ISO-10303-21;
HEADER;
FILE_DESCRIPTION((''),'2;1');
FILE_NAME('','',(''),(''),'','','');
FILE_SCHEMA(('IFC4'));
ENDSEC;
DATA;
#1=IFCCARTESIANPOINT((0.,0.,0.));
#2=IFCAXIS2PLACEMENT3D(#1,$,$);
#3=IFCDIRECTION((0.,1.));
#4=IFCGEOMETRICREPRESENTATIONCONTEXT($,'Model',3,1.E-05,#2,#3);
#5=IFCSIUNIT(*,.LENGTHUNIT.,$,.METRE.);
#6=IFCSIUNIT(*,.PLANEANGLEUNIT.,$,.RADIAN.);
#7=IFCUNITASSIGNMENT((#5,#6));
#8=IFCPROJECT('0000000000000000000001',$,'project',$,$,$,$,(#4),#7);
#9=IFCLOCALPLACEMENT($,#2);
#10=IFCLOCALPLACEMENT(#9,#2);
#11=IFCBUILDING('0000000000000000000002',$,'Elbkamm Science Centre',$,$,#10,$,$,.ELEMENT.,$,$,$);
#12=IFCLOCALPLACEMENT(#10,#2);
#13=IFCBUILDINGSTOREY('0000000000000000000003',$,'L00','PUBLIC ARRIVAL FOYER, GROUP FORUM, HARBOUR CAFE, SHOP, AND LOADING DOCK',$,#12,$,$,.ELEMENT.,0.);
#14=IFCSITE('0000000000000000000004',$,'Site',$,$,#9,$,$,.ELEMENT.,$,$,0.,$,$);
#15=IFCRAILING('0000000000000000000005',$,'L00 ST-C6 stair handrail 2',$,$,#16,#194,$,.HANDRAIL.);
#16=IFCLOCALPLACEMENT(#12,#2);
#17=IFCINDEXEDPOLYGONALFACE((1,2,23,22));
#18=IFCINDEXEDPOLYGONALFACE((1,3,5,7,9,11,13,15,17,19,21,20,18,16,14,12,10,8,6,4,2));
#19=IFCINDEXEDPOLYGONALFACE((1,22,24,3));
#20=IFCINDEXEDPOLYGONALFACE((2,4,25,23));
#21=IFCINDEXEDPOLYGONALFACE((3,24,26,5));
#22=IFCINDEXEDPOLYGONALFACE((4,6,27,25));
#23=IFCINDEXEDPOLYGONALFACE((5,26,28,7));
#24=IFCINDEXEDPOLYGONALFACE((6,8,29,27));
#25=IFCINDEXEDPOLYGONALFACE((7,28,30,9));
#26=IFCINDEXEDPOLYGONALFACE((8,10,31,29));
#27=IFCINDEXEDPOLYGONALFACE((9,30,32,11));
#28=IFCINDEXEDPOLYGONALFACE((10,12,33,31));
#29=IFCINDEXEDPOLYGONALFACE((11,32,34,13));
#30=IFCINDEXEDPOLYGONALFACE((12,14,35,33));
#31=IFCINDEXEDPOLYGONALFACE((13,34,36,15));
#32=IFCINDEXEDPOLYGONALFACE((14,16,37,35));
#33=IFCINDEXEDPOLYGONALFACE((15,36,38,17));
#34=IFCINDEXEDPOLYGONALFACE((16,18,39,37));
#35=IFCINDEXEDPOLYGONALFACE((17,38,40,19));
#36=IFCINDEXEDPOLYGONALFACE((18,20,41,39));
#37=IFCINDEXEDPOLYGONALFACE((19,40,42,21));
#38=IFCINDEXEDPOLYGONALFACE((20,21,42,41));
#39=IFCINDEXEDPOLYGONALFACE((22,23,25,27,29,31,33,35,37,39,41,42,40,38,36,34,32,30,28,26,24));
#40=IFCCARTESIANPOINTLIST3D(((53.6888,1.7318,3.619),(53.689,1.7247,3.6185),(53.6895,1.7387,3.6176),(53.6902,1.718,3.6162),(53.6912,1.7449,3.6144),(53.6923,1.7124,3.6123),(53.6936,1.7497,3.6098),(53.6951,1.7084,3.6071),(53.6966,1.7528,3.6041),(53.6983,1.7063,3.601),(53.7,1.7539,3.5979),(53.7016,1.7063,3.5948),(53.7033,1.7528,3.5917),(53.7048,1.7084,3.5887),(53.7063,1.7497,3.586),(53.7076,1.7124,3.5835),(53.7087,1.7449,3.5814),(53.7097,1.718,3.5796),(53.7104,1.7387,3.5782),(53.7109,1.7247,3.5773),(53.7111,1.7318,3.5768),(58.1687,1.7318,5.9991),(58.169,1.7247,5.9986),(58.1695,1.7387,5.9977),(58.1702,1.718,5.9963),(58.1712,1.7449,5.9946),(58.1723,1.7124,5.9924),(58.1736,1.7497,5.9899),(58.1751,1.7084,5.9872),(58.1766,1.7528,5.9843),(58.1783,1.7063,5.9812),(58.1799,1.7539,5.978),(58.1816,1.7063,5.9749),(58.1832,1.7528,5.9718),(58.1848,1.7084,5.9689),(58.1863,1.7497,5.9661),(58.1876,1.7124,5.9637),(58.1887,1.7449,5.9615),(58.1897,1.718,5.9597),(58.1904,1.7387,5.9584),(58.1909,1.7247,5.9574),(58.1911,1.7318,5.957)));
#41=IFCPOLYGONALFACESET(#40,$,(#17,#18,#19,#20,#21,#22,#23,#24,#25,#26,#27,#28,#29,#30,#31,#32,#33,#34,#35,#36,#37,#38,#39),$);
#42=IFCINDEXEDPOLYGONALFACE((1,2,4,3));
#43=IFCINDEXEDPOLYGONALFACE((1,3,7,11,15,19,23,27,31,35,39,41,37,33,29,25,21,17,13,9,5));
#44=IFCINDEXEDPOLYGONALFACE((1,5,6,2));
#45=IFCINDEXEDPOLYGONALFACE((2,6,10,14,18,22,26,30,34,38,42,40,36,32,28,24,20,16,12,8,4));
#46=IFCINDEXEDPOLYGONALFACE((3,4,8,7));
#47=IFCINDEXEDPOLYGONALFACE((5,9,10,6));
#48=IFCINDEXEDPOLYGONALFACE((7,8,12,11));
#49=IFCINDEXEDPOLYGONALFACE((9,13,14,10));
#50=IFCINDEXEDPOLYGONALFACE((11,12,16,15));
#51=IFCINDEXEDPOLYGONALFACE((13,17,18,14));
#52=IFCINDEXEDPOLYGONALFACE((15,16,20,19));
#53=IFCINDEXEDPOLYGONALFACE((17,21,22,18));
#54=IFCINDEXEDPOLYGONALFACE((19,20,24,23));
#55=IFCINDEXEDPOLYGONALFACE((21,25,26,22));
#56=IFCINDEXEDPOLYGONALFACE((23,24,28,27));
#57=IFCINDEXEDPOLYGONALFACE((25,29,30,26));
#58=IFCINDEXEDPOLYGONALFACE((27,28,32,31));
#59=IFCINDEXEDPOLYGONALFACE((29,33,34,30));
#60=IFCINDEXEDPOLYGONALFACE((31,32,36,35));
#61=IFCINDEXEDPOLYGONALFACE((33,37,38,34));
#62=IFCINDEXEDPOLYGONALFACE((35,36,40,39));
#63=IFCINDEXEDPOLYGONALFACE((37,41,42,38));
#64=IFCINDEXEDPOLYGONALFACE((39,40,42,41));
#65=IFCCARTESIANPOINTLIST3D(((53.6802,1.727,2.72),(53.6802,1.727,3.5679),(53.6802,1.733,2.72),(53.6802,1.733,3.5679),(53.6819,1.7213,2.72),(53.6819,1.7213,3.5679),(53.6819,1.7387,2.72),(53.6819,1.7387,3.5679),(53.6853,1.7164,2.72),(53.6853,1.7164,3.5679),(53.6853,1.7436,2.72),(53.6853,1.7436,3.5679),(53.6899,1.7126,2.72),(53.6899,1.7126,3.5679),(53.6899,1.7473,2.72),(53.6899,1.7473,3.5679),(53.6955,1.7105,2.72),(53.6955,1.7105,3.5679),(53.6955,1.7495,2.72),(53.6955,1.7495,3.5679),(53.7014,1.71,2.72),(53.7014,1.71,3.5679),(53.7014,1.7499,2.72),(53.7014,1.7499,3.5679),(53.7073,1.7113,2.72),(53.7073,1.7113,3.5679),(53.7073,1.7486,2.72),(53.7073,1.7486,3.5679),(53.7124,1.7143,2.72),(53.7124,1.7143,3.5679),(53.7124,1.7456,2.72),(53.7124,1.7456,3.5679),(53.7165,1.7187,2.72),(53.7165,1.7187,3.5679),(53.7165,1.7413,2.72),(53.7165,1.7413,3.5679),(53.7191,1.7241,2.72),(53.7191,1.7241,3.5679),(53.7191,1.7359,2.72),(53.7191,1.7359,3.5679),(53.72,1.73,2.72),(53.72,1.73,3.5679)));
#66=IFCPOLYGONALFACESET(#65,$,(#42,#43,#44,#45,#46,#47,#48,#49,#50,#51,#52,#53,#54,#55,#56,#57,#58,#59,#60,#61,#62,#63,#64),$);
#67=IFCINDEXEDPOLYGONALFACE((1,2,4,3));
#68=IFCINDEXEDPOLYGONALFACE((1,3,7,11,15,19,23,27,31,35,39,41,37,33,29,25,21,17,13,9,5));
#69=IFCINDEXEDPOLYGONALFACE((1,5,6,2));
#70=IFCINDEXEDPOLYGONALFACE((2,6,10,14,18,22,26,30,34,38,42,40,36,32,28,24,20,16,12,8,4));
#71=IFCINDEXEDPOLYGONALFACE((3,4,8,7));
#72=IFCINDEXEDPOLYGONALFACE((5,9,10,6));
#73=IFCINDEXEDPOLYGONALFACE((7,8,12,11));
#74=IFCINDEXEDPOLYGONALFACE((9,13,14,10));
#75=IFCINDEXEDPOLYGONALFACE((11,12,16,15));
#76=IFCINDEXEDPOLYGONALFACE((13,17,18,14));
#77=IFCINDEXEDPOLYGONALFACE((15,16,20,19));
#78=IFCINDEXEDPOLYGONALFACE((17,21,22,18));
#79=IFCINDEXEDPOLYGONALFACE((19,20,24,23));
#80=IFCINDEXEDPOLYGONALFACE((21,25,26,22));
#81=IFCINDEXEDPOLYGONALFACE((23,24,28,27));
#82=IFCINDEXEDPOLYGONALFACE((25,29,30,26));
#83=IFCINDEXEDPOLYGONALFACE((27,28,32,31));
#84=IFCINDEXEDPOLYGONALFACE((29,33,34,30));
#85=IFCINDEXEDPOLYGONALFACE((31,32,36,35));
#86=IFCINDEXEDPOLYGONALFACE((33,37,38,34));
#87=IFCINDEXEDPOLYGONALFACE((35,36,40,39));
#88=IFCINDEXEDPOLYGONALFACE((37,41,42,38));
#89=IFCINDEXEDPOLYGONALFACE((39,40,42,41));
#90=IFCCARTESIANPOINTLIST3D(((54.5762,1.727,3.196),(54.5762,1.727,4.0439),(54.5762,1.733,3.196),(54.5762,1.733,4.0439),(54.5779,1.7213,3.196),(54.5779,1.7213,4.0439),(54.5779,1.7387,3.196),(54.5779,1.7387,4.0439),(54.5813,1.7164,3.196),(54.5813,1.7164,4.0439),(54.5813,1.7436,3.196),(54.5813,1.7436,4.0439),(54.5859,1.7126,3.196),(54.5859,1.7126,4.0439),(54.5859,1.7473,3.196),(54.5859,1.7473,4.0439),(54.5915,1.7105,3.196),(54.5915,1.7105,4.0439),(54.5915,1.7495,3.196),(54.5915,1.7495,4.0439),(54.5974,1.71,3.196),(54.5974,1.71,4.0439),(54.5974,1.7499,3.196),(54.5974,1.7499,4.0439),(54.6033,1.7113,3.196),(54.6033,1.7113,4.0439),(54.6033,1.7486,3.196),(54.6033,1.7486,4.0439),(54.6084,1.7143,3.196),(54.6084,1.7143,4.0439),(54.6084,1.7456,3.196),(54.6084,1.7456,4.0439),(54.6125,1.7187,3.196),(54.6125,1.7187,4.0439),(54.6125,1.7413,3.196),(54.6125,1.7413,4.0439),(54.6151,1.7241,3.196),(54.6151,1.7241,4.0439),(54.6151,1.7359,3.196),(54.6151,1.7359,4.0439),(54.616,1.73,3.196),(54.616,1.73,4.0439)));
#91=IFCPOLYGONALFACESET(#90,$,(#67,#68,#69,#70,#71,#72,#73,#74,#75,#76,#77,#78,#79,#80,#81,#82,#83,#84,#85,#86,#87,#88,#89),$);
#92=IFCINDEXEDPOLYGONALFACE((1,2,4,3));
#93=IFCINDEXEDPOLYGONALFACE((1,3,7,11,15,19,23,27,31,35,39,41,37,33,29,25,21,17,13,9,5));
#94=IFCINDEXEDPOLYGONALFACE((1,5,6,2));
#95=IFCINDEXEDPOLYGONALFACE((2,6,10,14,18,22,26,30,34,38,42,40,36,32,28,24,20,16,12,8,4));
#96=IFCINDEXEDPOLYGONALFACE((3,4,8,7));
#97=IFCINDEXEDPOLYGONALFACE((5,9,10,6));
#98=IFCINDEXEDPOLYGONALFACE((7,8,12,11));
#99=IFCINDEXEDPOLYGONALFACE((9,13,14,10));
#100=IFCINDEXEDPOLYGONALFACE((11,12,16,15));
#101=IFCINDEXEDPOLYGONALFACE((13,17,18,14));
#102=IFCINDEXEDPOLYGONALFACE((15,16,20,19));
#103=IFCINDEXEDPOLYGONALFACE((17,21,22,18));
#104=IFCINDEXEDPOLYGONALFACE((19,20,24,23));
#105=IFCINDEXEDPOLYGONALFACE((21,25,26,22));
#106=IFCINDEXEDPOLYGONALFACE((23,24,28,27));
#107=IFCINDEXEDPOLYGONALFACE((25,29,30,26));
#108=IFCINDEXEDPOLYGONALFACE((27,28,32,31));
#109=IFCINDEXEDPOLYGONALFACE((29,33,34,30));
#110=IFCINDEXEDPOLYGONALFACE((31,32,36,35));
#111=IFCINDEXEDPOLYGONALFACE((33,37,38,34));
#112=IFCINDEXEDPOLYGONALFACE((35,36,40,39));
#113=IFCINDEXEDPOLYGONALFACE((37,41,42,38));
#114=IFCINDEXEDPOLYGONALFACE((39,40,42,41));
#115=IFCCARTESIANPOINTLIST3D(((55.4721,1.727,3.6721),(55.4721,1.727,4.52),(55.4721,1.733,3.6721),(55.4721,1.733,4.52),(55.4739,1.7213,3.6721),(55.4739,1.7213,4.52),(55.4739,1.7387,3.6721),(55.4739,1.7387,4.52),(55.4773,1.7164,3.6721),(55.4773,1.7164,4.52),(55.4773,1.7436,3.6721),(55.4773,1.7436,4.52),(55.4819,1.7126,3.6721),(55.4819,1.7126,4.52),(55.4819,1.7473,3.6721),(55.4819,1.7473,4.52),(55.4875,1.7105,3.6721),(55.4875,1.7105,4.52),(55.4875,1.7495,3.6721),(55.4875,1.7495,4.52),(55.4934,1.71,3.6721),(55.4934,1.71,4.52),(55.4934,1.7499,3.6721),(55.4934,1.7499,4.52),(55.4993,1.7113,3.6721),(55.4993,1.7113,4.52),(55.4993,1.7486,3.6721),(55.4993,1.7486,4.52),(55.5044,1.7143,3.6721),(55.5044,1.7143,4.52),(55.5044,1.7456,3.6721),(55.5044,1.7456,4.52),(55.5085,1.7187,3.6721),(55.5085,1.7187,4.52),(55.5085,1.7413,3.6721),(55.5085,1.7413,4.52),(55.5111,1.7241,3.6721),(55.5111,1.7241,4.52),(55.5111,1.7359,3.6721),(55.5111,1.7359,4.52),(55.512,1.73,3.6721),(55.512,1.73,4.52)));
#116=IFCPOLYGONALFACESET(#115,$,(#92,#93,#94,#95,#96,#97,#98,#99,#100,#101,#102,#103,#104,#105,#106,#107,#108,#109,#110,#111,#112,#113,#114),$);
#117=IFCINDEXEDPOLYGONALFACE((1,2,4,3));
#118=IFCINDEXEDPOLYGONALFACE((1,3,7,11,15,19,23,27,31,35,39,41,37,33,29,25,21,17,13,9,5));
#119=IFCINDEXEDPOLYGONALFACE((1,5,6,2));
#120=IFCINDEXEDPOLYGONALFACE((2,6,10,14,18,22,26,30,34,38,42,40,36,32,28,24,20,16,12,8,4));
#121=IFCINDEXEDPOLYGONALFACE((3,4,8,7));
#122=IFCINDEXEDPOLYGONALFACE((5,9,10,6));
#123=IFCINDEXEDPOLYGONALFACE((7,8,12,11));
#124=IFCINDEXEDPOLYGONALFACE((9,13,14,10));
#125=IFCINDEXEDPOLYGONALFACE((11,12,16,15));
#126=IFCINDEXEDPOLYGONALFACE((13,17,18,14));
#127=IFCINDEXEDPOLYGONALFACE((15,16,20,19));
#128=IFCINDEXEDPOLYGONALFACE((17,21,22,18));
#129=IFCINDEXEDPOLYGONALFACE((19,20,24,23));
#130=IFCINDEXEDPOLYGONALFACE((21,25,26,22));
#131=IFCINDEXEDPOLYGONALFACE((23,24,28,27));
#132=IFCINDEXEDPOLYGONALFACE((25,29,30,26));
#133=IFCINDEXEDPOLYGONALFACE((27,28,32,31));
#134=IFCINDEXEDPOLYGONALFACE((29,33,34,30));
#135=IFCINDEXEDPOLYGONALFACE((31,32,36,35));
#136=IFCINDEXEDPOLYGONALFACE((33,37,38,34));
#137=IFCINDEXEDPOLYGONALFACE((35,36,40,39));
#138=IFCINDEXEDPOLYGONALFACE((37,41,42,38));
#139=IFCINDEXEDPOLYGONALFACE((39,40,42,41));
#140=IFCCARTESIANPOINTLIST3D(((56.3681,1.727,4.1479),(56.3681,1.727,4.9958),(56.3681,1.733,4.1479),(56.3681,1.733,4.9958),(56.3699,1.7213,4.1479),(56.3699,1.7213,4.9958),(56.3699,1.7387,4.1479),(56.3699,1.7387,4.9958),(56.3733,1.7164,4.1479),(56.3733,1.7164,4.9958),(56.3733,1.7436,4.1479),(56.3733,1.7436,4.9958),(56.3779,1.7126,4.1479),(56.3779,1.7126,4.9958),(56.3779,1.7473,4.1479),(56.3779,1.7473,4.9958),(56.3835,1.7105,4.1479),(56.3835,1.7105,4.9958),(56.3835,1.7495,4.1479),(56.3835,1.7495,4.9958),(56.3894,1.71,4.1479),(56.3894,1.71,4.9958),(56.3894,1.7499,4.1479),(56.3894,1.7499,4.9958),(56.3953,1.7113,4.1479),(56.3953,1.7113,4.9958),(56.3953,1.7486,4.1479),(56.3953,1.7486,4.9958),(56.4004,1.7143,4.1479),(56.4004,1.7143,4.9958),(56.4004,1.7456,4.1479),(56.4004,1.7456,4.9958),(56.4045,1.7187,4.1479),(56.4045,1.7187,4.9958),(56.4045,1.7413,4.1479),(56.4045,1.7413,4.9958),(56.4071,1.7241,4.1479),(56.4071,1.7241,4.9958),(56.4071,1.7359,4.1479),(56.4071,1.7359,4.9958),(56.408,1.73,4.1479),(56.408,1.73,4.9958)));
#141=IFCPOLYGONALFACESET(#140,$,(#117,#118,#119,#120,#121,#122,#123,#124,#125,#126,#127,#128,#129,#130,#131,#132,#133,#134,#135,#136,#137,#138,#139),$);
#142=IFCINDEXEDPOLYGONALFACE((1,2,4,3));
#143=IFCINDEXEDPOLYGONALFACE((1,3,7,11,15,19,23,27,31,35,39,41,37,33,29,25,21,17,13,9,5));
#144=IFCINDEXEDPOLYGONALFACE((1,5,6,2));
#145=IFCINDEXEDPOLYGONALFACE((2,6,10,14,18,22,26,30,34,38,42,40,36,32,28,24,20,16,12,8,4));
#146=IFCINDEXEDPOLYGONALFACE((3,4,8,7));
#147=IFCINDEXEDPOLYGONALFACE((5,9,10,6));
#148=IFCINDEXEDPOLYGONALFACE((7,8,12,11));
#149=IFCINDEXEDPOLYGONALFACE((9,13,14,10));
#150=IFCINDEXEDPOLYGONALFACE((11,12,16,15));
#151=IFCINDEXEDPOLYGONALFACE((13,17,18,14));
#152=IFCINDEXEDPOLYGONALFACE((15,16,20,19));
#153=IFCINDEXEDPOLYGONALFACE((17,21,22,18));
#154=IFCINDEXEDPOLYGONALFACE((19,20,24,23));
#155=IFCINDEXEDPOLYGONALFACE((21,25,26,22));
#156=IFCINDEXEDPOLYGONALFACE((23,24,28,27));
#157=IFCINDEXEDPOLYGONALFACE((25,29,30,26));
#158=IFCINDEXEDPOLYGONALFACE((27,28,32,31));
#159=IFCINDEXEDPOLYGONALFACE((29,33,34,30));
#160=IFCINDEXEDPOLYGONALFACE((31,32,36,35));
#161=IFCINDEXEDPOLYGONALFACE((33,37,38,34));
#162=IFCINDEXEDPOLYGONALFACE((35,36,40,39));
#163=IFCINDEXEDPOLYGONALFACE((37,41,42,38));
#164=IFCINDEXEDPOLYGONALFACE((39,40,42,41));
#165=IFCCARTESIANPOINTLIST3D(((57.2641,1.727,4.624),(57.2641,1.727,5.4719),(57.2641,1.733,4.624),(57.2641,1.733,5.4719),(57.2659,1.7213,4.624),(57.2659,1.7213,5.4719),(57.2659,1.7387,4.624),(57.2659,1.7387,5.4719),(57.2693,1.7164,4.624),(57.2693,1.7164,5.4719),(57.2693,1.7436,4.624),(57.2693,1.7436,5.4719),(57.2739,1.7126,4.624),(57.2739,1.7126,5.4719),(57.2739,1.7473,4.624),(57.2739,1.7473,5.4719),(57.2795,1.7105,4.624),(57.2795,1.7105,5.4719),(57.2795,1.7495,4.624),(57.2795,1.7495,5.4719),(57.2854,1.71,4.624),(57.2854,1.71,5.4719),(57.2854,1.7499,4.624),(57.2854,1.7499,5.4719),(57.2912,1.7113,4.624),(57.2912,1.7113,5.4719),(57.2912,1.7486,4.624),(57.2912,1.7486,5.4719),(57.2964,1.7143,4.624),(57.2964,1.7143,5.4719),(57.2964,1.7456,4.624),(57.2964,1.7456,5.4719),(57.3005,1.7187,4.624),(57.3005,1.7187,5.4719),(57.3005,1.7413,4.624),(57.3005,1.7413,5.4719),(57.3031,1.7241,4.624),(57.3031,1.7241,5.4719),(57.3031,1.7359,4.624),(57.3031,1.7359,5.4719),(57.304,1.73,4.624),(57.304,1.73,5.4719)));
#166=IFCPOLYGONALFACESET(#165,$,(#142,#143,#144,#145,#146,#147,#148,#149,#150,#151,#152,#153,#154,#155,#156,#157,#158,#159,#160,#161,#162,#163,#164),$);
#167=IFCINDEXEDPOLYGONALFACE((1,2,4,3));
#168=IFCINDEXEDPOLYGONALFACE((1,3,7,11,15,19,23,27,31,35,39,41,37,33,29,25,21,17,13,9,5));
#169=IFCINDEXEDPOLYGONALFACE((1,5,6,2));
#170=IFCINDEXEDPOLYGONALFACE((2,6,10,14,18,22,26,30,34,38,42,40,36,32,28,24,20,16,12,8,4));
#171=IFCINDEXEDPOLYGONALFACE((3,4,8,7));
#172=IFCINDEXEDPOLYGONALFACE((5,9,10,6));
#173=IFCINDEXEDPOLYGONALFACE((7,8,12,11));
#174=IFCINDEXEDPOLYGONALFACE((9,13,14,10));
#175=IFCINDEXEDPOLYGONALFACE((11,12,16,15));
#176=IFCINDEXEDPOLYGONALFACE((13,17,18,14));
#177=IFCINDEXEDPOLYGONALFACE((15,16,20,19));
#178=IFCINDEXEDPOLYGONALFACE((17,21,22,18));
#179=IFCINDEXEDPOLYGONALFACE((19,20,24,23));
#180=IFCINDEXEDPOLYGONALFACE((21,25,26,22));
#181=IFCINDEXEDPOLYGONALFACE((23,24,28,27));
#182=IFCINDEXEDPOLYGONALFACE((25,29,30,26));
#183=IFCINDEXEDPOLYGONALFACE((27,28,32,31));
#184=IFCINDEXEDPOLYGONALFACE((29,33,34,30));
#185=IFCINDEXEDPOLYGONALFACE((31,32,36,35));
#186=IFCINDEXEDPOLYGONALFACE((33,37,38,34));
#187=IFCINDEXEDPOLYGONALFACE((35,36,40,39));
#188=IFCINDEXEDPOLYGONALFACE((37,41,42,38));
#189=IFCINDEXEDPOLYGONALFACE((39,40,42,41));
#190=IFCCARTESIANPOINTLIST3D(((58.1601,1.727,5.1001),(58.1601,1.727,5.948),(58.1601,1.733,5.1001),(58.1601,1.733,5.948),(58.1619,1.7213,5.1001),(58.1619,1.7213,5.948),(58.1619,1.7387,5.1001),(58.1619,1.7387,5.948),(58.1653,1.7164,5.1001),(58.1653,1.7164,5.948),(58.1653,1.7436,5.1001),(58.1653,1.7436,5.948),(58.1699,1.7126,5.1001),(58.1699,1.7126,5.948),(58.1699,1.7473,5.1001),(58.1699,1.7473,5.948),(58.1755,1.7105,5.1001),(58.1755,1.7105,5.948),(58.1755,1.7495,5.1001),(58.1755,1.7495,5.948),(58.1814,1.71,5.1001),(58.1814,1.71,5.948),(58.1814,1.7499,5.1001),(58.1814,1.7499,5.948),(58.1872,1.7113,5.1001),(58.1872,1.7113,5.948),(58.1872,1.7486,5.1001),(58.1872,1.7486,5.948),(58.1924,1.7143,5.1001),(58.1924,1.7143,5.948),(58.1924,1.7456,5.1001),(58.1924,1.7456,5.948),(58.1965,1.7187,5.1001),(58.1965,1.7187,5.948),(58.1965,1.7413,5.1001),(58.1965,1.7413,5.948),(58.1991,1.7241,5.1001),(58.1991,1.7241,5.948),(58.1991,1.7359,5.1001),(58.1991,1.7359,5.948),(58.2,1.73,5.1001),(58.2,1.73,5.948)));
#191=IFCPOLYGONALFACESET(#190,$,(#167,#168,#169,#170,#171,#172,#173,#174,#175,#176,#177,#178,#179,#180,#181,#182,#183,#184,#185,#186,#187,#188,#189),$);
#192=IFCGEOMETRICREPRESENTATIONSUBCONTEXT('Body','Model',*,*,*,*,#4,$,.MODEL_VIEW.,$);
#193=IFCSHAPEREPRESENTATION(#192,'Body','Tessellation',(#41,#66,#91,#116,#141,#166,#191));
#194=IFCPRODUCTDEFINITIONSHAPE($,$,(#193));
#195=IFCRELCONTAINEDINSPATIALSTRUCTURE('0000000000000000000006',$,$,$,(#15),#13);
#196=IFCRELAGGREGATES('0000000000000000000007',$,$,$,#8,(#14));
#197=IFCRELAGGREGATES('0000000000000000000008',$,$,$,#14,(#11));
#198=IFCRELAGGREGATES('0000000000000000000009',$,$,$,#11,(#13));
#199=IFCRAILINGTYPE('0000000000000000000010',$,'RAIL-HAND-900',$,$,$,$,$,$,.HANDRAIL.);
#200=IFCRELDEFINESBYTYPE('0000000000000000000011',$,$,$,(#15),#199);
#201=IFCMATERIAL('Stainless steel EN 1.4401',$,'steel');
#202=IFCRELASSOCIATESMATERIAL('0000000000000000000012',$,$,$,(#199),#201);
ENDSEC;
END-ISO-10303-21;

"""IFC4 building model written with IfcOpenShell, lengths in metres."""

from ifc_helpers import new_model, si_unit, direction, frame, origin, origin_2d, place, context, subcontext, project, spatial, circle, extrude, material, type_object, element, save


model = new_model("IFC4")

# Units and contexts
model_context = context("Model", 3, precision=1e-05, world=origin(), true_north=direction((0.0, 1.0)))
body_context = subcontext(model_context, "Body", "Model", "MODEL_VIEW")
ifc_project = project(units=[si_unit("LENGTHUNIT", "METRE"), si_unit("PLANEANGLEUNIT", "RADIAN")], contexts=[model_context])

# Site, building, storey
site_placement = place(None, origin())
site = spatial("IfcSite", under=ifc_project, at=site_placement, Name="Site", CompositionType="ELEMENT", RefElevation=0.0)
building_placement = place(site_placement, origin())
building = spatial("IfcBuilding", under=site, at=building_placement, Name="Elbkamm Science Centre", CompositionType="ELEMENT")
storey_placement = place(building_placement, origin())
storey = spatial("IfcBuildingStorey", under=building, at=storey_placement, Name="L00", Description="PUBLIC ARRIVAL FOYER, GROUP FORUM, HARBOUR CAFE, SHOP, AND LOADING DOCK", CompositionType="ELEMENT", Elevation=0.0)

# Railing
ifc_material_1 = material(Name="Stainless steel EN 1.4401", Category="steel")
railing_type_1 = type_object("IfcRailingType", Name="RAIL-HAND-900", PredefinedType="HANDRAIL", material=ifc_material_1)
railing_1_placement = place(storey_placement, frame((53.7, 1.73, 2.72)))
element("IfcRailing", 1, at=railing_1_placement, inside=storey, type_object=railing_type_1, Name="L00 ST-C6 stair handrail 2", PredefinedType="HANDRAIL", context=body_context, shape_type="SweptSolid", body=[
    extrude(circle(Radius=0.0239, at=origin_2d()), frame((0.0, 0.0, 0.8779), z_axis=(0.883105, 0.0, 0.469176), x_axis=(0.0, 1.0, 0.0)), (0.0, 0.0, 1.0), 5.073),
    extrude(circle(Radius=0.02, at=origin_2d()), origin(), (0.0, 0.0, 1.0), 0.8479),
    extrude(circle(Radius=0.02, at=origin_2d()), frame((0.896, 0.0, 0.4761)), (0.0, 0.0, 1.0), 0.8479),
    extrude(circle(Radius=0.02, at=origin_2d()), frame((1.792, 0.0, 0.9521)), (0.0, 0.0, 1.0), 0.8479),
    extrude(circle(Radius=0.02, at=origin_2d()), frame((2.688, 0.0, 1.428)), (0.0, 0.0, 1.0), 0.8479),
    extrude(circle(Radius=0.02, at=origin_2d()), frame((3.584, 0.0, 1.9041)), (0.0, 0.0, 1.0), 0.8479),
    extrude(circle(Radius=0.02, at=origin_2d()), frame((4.48, 0.0, 2.3801)), (0.0, 0.0, 1.0), 0.8479),
])

save(model, "model.ifc")
